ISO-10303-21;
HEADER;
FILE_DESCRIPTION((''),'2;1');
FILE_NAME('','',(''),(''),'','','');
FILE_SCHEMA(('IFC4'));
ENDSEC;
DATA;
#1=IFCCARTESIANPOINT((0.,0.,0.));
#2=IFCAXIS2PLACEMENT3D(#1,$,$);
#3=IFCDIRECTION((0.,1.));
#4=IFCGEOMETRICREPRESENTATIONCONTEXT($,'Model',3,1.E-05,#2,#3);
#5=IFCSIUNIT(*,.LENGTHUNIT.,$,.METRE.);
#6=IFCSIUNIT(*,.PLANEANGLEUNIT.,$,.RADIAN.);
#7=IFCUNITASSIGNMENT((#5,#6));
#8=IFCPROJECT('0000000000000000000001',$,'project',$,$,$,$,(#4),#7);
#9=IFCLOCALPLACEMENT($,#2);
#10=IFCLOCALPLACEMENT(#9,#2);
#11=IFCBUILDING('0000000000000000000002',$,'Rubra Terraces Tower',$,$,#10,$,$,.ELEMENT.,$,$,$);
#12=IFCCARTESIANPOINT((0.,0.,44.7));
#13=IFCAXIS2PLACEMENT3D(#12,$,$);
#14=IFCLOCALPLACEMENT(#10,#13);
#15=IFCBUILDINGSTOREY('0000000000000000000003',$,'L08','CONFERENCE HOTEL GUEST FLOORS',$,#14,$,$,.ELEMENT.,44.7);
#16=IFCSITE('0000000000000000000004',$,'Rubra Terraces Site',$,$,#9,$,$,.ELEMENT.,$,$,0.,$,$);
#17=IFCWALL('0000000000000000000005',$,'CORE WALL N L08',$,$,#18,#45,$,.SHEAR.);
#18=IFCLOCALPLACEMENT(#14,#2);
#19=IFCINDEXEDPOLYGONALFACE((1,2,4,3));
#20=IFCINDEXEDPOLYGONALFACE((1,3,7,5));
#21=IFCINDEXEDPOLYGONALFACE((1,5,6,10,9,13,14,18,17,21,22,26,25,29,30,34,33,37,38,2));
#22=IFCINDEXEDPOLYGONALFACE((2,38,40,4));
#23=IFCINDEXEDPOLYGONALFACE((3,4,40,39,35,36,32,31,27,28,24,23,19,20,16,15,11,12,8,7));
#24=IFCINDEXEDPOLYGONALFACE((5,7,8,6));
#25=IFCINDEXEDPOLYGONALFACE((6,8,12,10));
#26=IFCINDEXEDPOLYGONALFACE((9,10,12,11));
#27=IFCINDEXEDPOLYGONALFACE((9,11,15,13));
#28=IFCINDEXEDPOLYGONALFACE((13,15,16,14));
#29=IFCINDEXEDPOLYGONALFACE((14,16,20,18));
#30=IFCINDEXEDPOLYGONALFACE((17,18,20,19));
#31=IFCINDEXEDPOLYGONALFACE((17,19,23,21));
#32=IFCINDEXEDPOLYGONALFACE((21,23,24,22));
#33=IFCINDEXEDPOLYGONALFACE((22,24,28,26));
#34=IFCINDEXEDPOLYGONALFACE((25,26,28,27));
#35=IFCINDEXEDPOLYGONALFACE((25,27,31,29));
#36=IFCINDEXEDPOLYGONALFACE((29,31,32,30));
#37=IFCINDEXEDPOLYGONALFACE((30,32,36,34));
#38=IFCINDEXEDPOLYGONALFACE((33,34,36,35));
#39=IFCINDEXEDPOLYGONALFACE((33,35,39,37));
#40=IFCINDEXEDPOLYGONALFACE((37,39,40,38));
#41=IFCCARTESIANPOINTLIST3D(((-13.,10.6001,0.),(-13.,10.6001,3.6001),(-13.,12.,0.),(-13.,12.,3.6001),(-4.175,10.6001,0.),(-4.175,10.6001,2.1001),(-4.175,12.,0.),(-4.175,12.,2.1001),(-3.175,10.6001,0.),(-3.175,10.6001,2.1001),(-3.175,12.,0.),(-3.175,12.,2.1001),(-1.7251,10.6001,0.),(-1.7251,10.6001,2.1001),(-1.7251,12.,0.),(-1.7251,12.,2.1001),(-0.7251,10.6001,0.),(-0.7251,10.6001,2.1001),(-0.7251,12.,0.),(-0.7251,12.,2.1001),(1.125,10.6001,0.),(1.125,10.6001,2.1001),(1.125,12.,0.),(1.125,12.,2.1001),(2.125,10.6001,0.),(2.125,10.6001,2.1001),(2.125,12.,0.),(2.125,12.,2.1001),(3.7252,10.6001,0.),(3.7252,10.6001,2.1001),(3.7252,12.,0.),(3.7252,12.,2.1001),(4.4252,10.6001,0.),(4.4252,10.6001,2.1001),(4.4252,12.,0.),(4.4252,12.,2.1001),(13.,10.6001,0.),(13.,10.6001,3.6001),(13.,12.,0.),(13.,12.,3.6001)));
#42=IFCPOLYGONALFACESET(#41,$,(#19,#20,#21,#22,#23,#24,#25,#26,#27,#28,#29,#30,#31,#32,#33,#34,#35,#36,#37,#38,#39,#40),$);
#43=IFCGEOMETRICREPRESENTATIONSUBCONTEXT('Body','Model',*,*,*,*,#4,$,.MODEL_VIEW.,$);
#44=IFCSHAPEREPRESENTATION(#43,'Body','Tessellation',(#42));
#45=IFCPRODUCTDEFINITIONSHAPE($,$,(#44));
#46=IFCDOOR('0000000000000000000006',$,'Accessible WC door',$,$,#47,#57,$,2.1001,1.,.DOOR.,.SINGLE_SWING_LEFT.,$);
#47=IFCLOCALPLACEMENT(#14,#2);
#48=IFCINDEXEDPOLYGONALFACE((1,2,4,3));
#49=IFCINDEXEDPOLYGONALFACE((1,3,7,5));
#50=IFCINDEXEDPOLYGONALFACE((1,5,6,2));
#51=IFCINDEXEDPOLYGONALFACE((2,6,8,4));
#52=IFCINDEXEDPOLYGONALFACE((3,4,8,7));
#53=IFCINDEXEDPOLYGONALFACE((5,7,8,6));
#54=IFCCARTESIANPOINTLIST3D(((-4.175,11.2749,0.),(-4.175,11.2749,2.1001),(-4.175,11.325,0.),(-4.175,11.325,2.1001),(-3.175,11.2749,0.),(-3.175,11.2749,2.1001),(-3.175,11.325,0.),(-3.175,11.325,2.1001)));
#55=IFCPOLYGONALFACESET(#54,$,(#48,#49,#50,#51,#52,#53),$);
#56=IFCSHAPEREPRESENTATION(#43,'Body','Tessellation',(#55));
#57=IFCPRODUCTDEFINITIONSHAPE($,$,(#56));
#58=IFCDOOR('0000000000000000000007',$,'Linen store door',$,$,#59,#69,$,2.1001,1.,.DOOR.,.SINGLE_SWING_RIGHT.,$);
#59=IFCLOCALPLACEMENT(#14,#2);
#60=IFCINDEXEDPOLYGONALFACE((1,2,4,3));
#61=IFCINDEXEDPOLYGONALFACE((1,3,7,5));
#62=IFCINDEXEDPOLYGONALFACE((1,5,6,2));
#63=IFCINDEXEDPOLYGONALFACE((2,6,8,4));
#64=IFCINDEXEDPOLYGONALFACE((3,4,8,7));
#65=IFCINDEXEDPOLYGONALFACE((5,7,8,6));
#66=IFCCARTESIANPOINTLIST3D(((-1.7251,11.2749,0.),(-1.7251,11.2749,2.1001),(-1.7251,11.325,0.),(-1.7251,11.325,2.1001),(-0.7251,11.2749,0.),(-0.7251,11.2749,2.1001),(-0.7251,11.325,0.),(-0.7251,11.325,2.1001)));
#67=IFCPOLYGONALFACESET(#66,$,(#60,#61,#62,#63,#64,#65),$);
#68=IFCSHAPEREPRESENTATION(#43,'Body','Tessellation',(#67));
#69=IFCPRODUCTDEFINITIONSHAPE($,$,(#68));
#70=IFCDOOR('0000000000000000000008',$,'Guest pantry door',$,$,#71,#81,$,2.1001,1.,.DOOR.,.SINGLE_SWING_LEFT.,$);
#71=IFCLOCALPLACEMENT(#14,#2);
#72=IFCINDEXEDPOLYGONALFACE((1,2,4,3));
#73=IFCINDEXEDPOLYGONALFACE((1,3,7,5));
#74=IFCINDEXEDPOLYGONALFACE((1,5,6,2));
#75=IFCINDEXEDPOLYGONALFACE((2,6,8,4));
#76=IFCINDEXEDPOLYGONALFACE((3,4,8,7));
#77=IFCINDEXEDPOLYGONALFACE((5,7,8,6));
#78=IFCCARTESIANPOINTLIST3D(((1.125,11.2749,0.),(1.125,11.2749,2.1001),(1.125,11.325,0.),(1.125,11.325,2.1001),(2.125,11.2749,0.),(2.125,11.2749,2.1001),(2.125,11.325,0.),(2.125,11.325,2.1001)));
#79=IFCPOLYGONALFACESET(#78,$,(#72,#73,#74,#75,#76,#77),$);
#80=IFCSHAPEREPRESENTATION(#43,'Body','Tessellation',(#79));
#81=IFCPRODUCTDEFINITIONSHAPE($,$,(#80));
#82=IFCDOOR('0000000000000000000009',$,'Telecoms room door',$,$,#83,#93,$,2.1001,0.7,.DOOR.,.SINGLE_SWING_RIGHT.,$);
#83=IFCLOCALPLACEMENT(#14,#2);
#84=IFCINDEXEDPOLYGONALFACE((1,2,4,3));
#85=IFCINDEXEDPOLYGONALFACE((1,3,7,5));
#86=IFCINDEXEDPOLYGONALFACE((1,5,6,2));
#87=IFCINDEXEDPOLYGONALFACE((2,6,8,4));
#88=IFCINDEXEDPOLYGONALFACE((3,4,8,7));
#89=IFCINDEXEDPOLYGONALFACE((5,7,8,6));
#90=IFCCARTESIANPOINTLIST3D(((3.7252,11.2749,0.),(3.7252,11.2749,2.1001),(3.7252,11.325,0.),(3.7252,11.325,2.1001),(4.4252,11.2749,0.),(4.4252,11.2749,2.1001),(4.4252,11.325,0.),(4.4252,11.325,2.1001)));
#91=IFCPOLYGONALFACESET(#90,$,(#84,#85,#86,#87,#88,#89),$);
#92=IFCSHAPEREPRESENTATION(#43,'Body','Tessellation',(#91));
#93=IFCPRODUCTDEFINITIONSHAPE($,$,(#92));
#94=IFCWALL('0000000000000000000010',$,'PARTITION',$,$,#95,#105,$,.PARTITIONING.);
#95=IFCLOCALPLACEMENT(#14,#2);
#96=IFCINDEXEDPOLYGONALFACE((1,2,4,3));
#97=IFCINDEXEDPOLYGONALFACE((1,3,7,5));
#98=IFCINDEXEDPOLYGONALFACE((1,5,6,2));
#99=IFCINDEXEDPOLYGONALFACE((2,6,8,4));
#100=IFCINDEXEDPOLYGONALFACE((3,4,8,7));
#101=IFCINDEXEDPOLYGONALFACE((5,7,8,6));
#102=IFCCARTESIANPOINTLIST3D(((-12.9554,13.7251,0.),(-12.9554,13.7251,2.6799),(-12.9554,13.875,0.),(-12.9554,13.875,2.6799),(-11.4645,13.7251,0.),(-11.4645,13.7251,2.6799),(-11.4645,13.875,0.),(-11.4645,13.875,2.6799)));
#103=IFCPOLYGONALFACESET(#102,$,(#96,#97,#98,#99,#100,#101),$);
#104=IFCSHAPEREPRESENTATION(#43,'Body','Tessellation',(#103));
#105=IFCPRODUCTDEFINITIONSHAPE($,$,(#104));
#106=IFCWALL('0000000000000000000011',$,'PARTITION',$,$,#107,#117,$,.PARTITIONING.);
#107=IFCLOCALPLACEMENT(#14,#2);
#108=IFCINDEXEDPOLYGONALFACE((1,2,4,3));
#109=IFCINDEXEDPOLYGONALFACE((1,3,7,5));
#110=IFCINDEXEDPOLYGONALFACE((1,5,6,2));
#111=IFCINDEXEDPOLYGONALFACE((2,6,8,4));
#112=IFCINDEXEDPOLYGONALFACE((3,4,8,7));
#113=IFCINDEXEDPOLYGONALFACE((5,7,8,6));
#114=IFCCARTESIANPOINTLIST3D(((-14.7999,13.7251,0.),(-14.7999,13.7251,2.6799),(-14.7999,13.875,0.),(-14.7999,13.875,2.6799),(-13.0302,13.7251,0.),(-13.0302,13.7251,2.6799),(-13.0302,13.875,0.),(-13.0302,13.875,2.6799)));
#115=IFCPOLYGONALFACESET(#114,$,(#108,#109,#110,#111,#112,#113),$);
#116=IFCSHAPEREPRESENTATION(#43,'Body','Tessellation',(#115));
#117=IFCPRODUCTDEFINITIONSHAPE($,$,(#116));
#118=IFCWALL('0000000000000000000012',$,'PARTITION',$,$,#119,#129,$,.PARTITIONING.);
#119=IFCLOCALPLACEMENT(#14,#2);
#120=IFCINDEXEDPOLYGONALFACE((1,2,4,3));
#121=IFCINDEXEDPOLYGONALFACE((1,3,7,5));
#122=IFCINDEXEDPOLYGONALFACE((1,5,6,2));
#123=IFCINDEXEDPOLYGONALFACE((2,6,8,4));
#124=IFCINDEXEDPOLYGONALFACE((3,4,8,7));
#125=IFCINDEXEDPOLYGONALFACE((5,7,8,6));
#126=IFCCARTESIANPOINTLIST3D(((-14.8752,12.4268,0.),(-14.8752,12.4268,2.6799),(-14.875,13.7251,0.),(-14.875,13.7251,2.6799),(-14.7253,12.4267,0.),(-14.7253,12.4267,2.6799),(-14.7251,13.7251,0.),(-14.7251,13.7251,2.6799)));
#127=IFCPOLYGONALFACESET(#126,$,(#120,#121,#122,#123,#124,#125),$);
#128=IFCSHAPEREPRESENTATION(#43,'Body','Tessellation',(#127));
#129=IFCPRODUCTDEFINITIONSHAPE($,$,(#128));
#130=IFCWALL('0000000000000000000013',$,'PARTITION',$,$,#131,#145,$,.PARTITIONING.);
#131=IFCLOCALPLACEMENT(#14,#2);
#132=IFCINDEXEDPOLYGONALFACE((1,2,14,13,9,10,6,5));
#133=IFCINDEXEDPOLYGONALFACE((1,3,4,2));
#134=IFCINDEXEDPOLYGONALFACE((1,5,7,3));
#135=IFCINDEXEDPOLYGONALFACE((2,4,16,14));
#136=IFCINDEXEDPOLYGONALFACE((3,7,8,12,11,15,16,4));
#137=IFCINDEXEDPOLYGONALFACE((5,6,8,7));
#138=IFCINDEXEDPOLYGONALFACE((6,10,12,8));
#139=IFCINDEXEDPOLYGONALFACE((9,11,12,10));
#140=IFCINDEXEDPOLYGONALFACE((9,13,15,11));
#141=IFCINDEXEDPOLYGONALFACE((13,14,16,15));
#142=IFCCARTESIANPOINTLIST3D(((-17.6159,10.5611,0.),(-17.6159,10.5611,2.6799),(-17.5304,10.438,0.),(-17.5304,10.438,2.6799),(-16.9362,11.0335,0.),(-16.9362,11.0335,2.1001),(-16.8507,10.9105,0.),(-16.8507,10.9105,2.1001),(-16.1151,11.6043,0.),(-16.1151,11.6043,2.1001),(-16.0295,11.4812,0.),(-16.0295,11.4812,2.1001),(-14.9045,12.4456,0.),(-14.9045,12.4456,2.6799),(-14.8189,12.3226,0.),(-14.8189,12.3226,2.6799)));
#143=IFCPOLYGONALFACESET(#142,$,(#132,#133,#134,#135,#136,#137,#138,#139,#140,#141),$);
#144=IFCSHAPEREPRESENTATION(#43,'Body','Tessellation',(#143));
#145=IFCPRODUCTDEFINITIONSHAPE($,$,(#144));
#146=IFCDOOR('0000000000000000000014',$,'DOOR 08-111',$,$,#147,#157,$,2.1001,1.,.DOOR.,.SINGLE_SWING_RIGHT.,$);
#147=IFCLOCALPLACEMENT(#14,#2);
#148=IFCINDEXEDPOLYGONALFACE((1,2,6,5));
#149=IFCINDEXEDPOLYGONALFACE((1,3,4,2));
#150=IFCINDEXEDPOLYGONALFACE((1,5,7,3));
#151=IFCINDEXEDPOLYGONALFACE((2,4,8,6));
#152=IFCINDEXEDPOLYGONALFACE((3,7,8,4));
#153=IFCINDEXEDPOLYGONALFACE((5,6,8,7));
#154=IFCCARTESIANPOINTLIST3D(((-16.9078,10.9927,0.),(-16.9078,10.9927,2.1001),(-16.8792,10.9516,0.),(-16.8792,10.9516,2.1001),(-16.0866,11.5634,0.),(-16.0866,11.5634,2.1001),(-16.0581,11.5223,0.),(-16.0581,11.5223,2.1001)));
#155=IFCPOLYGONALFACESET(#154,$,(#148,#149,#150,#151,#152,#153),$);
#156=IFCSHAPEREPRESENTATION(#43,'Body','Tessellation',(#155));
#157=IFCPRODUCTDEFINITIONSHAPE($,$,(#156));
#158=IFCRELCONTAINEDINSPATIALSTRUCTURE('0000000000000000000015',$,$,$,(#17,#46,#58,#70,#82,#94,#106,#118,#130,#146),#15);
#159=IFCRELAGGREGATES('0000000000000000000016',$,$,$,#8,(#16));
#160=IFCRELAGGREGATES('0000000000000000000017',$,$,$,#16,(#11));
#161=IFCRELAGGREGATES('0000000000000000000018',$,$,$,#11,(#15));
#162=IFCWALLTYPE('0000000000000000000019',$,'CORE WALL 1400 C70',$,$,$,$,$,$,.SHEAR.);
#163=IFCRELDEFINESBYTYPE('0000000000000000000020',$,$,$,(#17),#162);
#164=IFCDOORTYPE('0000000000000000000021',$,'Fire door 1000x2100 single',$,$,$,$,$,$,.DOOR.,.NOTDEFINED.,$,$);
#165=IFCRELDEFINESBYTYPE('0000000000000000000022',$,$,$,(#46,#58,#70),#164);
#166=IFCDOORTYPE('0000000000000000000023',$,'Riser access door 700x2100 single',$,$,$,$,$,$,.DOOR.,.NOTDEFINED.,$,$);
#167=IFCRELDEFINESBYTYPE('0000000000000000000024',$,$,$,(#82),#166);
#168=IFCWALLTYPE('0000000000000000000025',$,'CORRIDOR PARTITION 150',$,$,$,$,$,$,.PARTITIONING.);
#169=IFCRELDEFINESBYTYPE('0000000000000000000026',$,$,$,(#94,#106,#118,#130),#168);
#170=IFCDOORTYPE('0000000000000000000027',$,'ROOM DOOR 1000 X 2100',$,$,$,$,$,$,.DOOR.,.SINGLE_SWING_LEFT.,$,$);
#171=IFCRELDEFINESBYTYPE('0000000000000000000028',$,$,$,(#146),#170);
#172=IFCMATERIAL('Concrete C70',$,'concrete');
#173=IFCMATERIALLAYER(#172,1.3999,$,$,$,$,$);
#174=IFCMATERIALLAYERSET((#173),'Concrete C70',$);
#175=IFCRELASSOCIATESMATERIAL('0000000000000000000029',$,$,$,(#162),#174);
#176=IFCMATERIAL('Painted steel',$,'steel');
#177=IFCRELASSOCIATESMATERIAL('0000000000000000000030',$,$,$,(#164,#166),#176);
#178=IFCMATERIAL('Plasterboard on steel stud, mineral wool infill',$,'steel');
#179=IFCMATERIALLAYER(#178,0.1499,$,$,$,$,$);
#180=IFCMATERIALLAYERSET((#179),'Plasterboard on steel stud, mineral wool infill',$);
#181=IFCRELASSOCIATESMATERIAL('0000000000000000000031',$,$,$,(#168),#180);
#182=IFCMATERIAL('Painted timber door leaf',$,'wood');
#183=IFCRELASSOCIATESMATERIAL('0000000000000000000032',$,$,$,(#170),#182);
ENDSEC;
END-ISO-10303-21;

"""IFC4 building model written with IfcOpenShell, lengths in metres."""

from ifc_helpers import new_model, si_unit, direction, frame, frame_2d, origin, place, context, subcontext, project, spatial, rectangle, extrude, material, layer, layer_set, type_object, element, fill, save


model = new_model("IFC4")

# Units and contexts
model_context = context("Model", 3, precision=1e-05, world=origin(), true_north=direction((0.0, 1.0)))
body_context = subcontext(model_context, "Body", "Model", "MODEL_VIEW")
ifc_project = project(units=[si_unit("LENGTHUNIT", "METRE"), si_unit("PLANEANGLEUNIT", "RADIAN")], contexts=[model_context])

# Site, building, storey
site_placement = place(None, origin())
site = spatial("IfcSite", under=ifc_project, at=site_placement, Name="Rubra Terraces Site", CompositionType="ELEMENT", RefElevation=0.0)
building_placement = place(site_placement, origin())
building = spatial("IfcBuilding", under=site, at=building_placement, Name="Rubra Terraces Tower", CompositionType="ELEMENT")
storey_placement = place(building_placement, frame((0.0, 0.0, 44.7)))
storey = spatial("IfcBuildingStorey", under=building, at=storey_placement, Name="L08", Description="CONFERENCE HOTEL GUEST FLOORS", CompositionType="ELEMENT", Elevation=44.7)

# Wall, openings, doors
ifc_material_1 = material(Name="Concrete C70", Category="concrete")
ifc_layer_1 = layer(ifc_material_1, 1.3999)
ifc_layer_set_1 = layer_set([ifc_layer_1], Name="Concrete C70")
wall_type_1 = type_object("IfcWallType", Name="CORE WALL 1400 C70", PredefinedType="SHEAR", material=ifc_layer_set_1)
wall_1_placement = place(storey_placement, frame((-13.0, 11.3, 0.0), z_axis=(0.0, 0.0, 1.0), x_axis=(1.0, 0.0, 0.0)))
wall_1 = element("IfcWall", 1, at=wall_1_placement, inside=storey, type_object=wall_type_1, Name="CORE WALL N L08", PredefinedType="SHEAR", context=body_context, shape_type="SweptSolid", body=[
    extrude(rectangle(XDim=26.0, YDim=1.3999, at=frame_2d((13.0, 0.0))), origin(), (0.0, 0.0, 1.0), 3.6001),
])
opening_1_placement = place(wall_1_placement, frame((8.825, 0.0, 0.0)))
opening_1 = element("IfcOpeningElement", 2, at=opening_1_placement, cuts=wall_1, PredefinedType="OPENING", context=body_context, shape_type="SweptSolid", body=[
    extrude(rectangle(XDim=1.0, YDim=2.1001, at=frame_2d((0.5, 1.05))), frame((0.0, 0.71, 0.0), z_axis=(0.0, -1.0, 0.0), x_axis=(1.0, 0.0, 0.0)), (0.0, 0.0, 1.0), 1.4199),
])
opening_2_placement = place(wall_1_placement, frame((11.2749, 0.0, 0.0)))
opening_2 = element("IfcOpeningElement", 3, at=opening_2_placement, cuts=wall_1, PredefinedType="OPENING", context=body_context, shape_type="SweptSolid", body=[
    extrude(rectangle(XDim=1.0, YDim=2.1001, at=frame_2d((0.5, 1.05))), frame((0.0, 0.71, 0.0), z_axis=(0.0, -1.0, 0.0), x_axis=(1.0, 0.0, 0.0)), (0.0, 0.0, 1.0), 1.4199),
])
opening_3_placement = place(wall_1_placement, frame((14.125, 0.0, 0.0)))
opening_3 = element("IfcOpeningElement", 4, at=opening_3_placement, cuts=wall_1, PredefinedType="OPENING", context=body_context, shape_type="SweptSolid", body=[
    extrude(rectangle(XDim=1.0, YDim=2.1001, at=frame_2d((0.5, 1.05))), frame((0.0, 0.71, 0.0), z_axis=(0.0, -1.0, 0.0), x_axis=(1.0, 0.0, 0.0)), (0.0, 0.0, 1.0), 1.4199),
])
opening_4_placement = place(wall_1_placement, frame((16.7251, 0.0, 0.0)))
opening_4 = element("IfcOpeningElement", 5, at=opening_4_placement, cuts=wall_1, PredefinedType="OPENING", context=body_context, shape_type="SweptSolid", body=[
    extrude(rectangle(XDim=0.7, YDim=2.1001, at=frame_2d((0.3501, 1.05))), frame((0.0, 0.71, 0.0), z_axis=(0.0, -1.0, 0.0), x_axis=(1.0, 0.0, 0.0)), (0.0, 0.0, 1.0), 1.4199),
])
ifc_material_2 = material(Name="Painted steel", Category="steel")
door_type_1 = type_object("IfcDoorType", Name="Fire door 1000x2100 single", OperationType="NOTDEFINED", PredefinedType="DOOR", material=ifc_material_2)
door_1_placement = place(opening_1_placement, origin())
door_1 = element("IfcDoor", 6, at=door_1_placement, inside=storey, type_object=door_type_1, Name="Accessible WC door", OperationType="SINGLE_SWING_LEFT", OverallHeight=2.1001, OverallWidth=1.0, PredefinedType="DOOR", context=body_context, shape_type="SweptSolid", body=[
    extrude(rectangle(XDim=1.0, YDim=2.1001, at=frame_2d((0.5, 1.05))), frame((0.0, 0.0249, 0.0), z_axis=(0.0, -1.0, 0.0), x_axis=(1.0, 0.0, 0.0)), (0.0, 0.0, 1.0), 0.05),
])
fill(opening_1, door_1)
door_2_placement = place(opening_2_placement, origin())
door_2 = element("IfcDoor", 7, at=door_2_placement, inside=storey, type_object=door_type_1, Name="Linen store door", OperationType="SINGLE_SWING_RIGHT", OverallHeight=2.1001, OverallWidth=1.0, PredefinedType="DOOR", context=body_context, shape_type="SweptSolid", body=[
    extrude(rectangle(XDim=1.0, YDim=2.1001, at=frame_2d((0.5, 1.05))), frame((0.0, 0.0249, 0.0), z_axis=(0.0, -1.0, 0.0), x_axis=(1.0, 0.0, 0.0)), (0.0, 0.0, 1.0), 0.05),
])
fill(opening_2, door_2)
door_3_placement = place(opening_3_placement, origin())
door_3 = element("IfcDoor", 8, at=door_3_placement, inside=storey, type_object=door_type_1, Name="Guest pantry door", OperationType="SINGLE_SWING_LEFT", OverallHeight=2.1001, OverallWidth=1.0, PredefinedType="DOOR", context=body_context, shape_type="SweptSolid", body=[
    extrude(rectangle(XDim=1.0, YDim=2.1001, at=frame_2d((0.5, 1.05))), frame((0.0, 0.0249, 0.0), z_axis=(0.0, -1.0, 0.0), x_axis=(1.0, 0.0, 0.0)), (0.0, 0.0, 1.0), 0.05),
])
fill(opening_3, door_3)
door_type_2 = type_object("IfcDoorType", Name="Riser access door 700x2100 single", OperationType="NOTDEFINED", PredefinedType="DOOR", material=ifc_material_2)
door_4_placement = place(opening_4_placement, origin())
door_4 = element("IfcDoor", 9, at=door_4_placement, inside=storey, type_object=door_type_2, Name="Telecoms room door", OperationType="SINGLE_SWING_RIGHT", OverallHeight=2.1001, OverallWidth=0.7, PredefinedType="DOOR", context=body_context, shape_type="SweptSolid", body=[
    extrude(rectangle(XDim=0.7, YDim=2.1001, at=frame_2d((0.3501, 1.05))), frame((0.0, 0.0249, 0.0), z_axis=(0.0, -1.0, 0.0), x_axis=(1.0, 0.0, 0.0)), (0.0, 0.0, 1.0), 0.05),
])
fill(opening_4, door_4)

# Walls
ifc_material_3 = material(Name="Plasterboard on steel stud, mineral wool infill", Category="steel")
ifc_layer_2 = layer(ifc_material_3, 0.1499)
ifc_layer_set_2 = layer_set([ifc_layer_2], Name="Plasterboard on steel stud, mineral wool infill")
wall_type_2 = type_object("IfcWallType", Name="CORRIDOR PARTITION 150", PredefinedType="PARTITIONING", material=ifc_layer_set_2)
wall_2_placement = place(storey_placement, frame((-11.4644, 13.8, 0.0), z_axis=(0.0, 0.0, 1.0), x_axis=(-1.0, 0.0, 0.0)))
element("IfcWall", 10, at=wall_2_placement, inside=storey, type_object=wall_type_2, Name="PARTITION", PredefinedType="PARTITIONING", context=body_context, shape_type="SweptSolid", body=[
    extrude(rectangle(XDim=1.491, YDim=0.1499, at=frame_2d((0.7456, 0.0))), origin(), (0.0, 0.0, 1.0), 2.6799),
])
wall_3_placement = place(storey_placement, frame((-13.0303, 13.8, 0.0), z_axis=(0.0, 0.0, 1.0), x_axis=(-1.0, 0.0, 0.0)))
element("IfcWall", 11, at=wall_3_placement, inside=storey, type_object=wall_type_2, Name="PARTITION", PredefinedType="PARTITIONING", context=body_context, shape_type="SweptSolid", body=[
    extrude(rectangle(XDim=1.7698, YDim=0.1499, at=frame_2d((0.8848, 0.0))), origin(), (0.0, 0.0, 1.0), 2.6799),
])
wall_4_placement = place(storey_placement, frame((-14.8, 13.7251, 0.0), z_axis=(0.0, 0.0, 1.0), x_axis=(-0.000188, -1.0, 0.0)))
element("IfcWall", 12, at=wall_4_placement, inside=storey, type_object=wall_type_2, Name="PARTITION", PredefinedType="PARTITIONING", context=body_context, shape_type="SweptSolid", body=[
    extrude(rectangle(XDim=1.2983, YDim=0.1499, at=frame_2d((0.6492, 0.0))), origin(), (0.0, 0.0, 1.0), 2.6799),
])

# Wall, opening, door
wall_5_placement = place(storey_placement, frame((-14.8618, 12.384, 0.0), z_axis=(0.0, 0.0, 1.0), x_axis=(-0.821145, -0.57072, 0.0)))
wall_5 = element("IfcWall", 13, at=wall_5_placement, inside=storey, type_object=wall_type_2, Name="PARTITION", PredefinedType="PARTITIONING", context=body_context, shape_type="SweptSolid", body=[
    extrude(rectangle(XDim=3.302, YDim=0.1499, at=frame_2d((1.6509, 0.0))), origin(), (0.0, 0.0, 1.0), 2.6799),
])
opening_5_placement = place(wall_5_placement, frame((1.4741, 0.0, 0.0)))
opening_5 = element("IfcOpeningElement", 14, at=opening_5_placement, cuts=wall_5, PredefinedType="OPENING", context=body_context, shape_type="SweptSolid", body=[
    extrude(rectangle(XDim=1.0, YDim=2.1001, at=frame_2d((0.5, 1.05))), frame((0.0, 0.085, 0.0), z_axis=(0.0, -1.0, 0.0), x_axis=(1.0, 0.0, 0.0)), (0.0, 0.0, 1.0), 0.1699),
])
ifc_material_4 = material(Name="Painted timber door leaf", Category="wood")
door_type_3 = type_object("IfcDoorType", Name="ROOM DOOR 1000 X 2100", OperationType="SINGLE_SWING_LEFT", PredefinedType="DOOR", material=ifc_material_4)
door_5_placement = place(opening_5_placement, origin())
door_5 = element("IfcDoor", 15, at=door_5_placement, inside=storey, type_object=door_type_3, Name="DOOR 08-111", OperationType="SINGLE_SWING_RIGHT", OverallHeight=2.1001, OverallWidth=1.0, PredefinedType="DOOR", context=body_context, shape_type="SweptSolid", body=[
    extrude(rectangle(XDim=1.0, YDim=2.1001, at=frame_2d((0.5, 1.05))), frame((0.0, 0.0249, 0.0), z_axis=(0.0, -1.0, 0.0), x_axis=(1.0, 0.0, 0.0)), (0.0, 0.0, 1.0), 0.05),
])
fill(opening_5, door_5)

save(model, "model.ifc")
